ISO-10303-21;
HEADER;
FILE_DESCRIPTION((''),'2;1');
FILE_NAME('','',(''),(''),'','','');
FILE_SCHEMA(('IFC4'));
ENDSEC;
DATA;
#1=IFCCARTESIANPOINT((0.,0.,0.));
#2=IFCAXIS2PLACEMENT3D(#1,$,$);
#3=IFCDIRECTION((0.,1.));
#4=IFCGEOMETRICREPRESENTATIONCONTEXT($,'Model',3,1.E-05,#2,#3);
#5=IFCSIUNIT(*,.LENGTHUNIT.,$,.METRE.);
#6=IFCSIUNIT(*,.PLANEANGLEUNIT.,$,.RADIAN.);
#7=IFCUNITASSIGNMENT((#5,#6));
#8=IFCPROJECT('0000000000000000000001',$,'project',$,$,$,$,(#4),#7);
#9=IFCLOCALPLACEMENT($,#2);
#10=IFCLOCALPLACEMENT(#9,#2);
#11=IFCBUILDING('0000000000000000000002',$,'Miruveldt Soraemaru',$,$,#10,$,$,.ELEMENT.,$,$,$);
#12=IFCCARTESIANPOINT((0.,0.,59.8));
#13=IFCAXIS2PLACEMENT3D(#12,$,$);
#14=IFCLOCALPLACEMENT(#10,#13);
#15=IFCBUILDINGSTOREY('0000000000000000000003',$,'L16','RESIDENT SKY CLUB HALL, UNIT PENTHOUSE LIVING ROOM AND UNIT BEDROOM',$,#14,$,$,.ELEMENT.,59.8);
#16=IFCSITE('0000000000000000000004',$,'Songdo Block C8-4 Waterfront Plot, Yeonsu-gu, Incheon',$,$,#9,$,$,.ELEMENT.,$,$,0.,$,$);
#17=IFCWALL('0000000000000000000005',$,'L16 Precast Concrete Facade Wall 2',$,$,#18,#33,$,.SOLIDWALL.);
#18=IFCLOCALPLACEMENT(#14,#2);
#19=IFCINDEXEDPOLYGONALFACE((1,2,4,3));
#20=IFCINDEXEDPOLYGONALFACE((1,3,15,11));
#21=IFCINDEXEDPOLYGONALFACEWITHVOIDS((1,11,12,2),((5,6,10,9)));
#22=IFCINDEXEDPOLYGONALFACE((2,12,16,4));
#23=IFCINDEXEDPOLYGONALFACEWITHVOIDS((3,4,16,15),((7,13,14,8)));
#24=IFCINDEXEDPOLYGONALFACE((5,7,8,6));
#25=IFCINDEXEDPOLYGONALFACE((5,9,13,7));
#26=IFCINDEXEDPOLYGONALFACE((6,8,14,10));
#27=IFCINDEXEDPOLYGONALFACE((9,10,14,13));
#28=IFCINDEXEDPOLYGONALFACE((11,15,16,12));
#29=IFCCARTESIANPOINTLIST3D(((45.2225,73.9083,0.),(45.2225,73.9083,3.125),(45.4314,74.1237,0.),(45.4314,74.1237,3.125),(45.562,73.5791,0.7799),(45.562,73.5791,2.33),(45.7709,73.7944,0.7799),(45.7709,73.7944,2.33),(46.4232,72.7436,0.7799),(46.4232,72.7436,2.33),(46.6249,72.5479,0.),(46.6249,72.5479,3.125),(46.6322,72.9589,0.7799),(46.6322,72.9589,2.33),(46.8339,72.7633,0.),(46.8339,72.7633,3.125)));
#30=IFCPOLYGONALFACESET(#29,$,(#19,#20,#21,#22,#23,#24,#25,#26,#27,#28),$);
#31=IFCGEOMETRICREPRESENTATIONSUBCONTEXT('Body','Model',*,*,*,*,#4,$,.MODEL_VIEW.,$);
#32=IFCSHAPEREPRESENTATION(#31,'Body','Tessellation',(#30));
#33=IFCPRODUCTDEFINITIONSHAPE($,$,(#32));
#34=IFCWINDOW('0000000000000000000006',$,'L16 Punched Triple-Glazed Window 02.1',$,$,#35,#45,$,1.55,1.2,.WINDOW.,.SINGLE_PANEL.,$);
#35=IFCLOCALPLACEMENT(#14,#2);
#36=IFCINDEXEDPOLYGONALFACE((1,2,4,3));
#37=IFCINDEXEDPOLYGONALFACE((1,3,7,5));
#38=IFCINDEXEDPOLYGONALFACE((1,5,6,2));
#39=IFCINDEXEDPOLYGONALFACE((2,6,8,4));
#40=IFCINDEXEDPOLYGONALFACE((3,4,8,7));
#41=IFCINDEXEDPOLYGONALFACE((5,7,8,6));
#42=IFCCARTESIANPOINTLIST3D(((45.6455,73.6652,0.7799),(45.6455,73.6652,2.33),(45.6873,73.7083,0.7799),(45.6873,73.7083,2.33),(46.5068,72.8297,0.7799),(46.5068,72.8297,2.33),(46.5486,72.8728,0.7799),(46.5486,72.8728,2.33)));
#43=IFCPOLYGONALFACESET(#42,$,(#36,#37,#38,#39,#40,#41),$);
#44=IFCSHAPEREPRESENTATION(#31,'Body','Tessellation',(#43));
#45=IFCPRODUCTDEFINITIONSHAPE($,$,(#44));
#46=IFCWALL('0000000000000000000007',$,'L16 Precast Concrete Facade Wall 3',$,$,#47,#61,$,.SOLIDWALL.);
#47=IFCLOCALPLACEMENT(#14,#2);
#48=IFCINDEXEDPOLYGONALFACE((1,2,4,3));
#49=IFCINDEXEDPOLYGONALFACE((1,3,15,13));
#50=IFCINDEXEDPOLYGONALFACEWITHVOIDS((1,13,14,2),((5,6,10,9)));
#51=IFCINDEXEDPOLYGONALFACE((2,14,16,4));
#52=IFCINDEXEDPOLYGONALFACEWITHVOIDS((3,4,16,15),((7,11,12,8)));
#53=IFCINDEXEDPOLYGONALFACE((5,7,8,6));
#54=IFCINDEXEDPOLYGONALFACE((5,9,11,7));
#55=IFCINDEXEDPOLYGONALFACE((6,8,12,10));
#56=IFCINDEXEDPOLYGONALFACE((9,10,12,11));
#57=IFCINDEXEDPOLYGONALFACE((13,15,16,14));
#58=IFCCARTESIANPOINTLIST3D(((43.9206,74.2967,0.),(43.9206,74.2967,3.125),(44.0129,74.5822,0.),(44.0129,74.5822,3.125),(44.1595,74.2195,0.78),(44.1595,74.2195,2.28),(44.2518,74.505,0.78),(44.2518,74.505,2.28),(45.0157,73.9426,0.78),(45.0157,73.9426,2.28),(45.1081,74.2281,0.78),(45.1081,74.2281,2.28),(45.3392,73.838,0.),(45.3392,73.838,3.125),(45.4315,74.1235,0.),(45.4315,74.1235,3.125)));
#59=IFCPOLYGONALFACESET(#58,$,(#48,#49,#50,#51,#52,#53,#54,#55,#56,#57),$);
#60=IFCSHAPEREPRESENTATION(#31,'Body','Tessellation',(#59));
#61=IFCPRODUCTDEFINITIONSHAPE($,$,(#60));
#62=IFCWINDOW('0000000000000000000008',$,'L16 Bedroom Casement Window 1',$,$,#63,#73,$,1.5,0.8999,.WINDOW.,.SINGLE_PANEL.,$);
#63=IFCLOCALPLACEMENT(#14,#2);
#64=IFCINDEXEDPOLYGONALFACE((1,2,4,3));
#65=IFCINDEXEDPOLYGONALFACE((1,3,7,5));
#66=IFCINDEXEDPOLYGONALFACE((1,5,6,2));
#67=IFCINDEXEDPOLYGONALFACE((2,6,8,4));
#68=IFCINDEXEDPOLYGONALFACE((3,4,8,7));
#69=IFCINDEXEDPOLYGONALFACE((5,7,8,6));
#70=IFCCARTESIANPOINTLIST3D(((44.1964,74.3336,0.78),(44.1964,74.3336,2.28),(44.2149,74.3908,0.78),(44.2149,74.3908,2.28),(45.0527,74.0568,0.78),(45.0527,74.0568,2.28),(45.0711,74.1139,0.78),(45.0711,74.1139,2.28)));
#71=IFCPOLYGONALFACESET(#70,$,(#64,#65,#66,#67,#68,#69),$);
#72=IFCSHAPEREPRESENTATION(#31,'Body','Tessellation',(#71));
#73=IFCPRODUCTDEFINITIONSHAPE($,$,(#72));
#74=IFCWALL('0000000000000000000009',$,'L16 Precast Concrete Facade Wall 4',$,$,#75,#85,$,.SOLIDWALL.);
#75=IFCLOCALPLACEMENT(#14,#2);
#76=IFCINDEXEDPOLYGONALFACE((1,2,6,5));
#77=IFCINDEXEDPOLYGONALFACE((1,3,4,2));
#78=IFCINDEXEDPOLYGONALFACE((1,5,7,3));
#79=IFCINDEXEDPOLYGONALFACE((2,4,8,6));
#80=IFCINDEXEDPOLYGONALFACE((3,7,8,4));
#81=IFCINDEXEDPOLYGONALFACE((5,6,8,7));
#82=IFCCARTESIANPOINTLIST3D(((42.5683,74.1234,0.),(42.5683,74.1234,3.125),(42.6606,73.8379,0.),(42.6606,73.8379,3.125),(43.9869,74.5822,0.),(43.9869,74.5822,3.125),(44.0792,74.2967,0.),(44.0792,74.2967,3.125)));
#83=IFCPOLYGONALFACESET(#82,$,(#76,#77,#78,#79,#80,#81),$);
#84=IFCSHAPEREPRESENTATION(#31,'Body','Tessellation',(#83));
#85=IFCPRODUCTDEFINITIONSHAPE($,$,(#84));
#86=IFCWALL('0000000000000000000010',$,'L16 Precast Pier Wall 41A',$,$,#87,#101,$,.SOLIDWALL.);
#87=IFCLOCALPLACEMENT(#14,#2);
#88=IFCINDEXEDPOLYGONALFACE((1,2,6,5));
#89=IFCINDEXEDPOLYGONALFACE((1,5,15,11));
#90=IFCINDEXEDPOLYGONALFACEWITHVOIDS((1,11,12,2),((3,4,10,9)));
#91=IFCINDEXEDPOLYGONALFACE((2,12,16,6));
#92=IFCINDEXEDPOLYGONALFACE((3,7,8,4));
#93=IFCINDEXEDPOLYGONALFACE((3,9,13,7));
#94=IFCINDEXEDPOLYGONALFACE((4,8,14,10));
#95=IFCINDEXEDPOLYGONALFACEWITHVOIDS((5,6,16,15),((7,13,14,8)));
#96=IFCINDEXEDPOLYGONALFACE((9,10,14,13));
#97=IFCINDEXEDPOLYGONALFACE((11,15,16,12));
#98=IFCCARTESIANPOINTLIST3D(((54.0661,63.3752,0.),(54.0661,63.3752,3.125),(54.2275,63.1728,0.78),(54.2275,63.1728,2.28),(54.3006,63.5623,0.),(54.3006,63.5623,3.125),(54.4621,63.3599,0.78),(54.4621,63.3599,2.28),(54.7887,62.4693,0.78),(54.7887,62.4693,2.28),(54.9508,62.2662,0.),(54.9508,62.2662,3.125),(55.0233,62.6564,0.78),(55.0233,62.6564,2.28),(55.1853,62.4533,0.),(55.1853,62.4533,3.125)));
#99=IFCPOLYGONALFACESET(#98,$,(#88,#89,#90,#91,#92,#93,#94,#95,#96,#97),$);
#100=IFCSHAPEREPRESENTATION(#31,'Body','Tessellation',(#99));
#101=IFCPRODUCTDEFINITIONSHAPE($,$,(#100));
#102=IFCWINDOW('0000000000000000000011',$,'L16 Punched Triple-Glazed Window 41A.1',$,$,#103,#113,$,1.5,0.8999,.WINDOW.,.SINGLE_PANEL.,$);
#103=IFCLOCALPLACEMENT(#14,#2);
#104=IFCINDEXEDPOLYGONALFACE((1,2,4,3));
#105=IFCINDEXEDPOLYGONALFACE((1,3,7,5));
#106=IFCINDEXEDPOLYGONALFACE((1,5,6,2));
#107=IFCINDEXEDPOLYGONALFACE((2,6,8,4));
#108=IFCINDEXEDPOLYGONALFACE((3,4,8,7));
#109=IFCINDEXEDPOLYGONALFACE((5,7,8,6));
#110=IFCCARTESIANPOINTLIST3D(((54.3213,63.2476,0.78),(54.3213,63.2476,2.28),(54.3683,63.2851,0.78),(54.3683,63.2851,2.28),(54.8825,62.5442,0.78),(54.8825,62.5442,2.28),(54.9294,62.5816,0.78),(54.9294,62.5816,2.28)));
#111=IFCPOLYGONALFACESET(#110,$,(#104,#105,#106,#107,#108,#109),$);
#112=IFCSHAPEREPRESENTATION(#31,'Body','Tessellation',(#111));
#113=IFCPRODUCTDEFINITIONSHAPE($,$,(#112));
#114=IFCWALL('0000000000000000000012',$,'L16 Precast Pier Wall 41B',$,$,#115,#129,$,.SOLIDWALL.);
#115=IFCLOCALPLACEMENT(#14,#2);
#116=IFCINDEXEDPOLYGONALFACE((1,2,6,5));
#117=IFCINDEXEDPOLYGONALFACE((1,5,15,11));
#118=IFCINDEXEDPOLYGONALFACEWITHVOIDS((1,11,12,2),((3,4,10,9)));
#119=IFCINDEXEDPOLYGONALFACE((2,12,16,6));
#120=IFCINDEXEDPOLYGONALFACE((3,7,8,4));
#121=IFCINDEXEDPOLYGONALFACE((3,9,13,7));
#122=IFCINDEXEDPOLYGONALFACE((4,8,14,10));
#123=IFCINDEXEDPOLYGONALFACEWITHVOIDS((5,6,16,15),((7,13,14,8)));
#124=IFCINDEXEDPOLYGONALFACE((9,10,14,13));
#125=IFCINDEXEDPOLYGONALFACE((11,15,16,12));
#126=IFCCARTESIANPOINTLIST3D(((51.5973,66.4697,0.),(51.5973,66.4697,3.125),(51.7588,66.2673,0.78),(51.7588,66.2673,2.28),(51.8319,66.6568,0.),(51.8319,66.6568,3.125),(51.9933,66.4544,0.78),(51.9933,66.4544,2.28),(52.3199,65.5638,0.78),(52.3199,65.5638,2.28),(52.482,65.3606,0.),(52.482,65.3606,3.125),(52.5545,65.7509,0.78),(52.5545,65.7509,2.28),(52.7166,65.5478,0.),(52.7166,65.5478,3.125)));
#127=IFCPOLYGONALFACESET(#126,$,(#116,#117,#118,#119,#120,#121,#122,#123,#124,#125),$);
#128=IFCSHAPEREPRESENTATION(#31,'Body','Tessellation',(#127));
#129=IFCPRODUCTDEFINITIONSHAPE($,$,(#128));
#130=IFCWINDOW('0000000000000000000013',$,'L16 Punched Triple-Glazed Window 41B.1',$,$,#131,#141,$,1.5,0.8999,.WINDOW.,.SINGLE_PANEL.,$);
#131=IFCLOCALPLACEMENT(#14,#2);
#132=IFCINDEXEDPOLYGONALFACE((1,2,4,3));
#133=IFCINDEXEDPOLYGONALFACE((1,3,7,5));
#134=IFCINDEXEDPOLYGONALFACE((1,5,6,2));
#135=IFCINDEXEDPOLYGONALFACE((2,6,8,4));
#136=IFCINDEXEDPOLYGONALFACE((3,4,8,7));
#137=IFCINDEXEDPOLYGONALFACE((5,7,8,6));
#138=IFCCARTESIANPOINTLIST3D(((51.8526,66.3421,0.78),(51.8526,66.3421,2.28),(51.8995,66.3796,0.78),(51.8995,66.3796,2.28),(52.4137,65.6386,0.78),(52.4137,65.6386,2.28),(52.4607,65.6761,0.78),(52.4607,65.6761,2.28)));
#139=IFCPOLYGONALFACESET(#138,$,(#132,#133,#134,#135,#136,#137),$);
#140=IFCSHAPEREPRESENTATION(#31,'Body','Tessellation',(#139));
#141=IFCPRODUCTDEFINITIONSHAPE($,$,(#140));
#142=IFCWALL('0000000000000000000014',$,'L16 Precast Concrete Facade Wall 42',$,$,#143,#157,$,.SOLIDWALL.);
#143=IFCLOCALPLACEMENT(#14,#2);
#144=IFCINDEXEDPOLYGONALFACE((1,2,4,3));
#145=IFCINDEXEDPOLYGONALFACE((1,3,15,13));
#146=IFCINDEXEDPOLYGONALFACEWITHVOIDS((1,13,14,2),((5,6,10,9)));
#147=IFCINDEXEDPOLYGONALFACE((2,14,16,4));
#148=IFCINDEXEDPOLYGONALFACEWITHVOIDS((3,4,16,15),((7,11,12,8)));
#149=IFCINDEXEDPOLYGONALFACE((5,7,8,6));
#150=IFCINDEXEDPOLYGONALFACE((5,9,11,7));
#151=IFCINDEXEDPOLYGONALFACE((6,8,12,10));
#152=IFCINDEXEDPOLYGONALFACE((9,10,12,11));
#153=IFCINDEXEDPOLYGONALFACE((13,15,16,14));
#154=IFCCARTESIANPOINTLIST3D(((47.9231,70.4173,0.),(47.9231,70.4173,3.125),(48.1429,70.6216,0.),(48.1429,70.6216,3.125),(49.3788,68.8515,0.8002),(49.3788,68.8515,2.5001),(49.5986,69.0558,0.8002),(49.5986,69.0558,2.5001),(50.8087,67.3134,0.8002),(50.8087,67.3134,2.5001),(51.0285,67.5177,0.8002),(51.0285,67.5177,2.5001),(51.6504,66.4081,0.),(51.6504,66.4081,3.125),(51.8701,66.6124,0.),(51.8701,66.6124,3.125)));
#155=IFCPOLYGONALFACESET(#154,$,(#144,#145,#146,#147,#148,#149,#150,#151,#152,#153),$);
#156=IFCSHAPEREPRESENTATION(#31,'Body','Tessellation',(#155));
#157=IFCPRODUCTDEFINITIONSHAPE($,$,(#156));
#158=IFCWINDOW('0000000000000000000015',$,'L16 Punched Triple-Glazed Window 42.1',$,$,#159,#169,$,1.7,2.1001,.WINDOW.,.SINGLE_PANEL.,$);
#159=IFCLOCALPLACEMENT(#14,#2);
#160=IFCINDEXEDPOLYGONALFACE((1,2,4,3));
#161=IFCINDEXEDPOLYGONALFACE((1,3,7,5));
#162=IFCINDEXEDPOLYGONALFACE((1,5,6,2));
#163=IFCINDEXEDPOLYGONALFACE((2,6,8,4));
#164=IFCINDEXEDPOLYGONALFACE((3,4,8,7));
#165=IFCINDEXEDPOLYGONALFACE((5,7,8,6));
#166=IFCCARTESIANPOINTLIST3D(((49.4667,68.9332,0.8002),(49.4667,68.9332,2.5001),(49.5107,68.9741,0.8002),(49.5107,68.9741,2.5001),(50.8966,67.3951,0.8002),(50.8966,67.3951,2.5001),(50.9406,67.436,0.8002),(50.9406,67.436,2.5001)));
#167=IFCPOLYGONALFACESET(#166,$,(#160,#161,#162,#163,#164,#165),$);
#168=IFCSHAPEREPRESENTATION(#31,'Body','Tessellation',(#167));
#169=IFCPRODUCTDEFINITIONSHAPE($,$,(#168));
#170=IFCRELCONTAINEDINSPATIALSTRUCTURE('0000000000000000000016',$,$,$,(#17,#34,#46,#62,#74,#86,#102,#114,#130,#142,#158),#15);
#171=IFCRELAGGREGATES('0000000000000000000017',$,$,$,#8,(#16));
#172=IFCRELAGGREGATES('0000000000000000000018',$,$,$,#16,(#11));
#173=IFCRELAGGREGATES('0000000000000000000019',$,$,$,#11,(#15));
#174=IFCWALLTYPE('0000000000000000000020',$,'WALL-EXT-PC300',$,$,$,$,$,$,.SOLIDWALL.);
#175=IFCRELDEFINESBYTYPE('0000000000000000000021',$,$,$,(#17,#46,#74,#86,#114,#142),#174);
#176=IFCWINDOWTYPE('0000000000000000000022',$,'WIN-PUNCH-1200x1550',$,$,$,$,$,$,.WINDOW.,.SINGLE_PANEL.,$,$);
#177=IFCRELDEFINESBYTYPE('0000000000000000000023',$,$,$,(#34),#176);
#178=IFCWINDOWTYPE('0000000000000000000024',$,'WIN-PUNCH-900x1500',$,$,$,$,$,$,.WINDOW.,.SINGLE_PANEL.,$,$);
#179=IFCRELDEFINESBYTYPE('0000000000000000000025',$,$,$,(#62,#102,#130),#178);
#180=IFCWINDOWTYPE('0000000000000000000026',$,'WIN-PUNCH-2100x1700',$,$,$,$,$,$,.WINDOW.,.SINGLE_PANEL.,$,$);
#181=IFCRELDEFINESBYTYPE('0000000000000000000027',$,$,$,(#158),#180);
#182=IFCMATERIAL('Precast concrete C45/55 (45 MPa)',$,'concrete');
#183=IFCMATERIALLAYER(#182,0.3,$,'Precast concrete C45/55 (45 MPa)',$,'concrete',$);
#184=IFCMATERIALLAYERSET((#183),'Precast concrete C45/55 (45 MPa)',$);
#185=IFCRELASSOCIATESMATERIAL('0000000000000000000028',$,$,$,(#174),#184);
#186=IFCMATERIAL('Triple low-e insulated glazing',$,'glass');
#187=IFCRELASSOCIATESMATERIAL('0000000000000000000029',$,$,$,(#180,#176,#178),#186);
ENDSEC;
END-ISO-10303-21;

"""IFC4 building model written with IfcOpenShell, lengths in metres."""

from ifc_helpers import new_model, si_unit, direction, frame, frame_2d, origin, place, context, subcontext, project, spatial, rectangle, extrude, material, layer, layer_set, type_object, element, fill, save


model = new_model("IFC4")

# Units and contexts
model_context = context("Model", 3, precision=1e-05, world=origin(), true_north=direction((0.0, 1.0)))
body_context = subcontext(model_context, "Body", "Model", "MODEL_VIEW")
ifc_project = project(units=[si_unit("LENGTHUNIT", "METRE"), si_unit("PLANEANGLEUNIT", "RADIAN")], contexts=[model_context])

# Site, building, storey
site_placement = place(None, origin())
site = spatial("IfcSite", under=ifc_project, at=site_placement, Name="Songdo Block C8-4 Waterfront Plot, Yeonsu-gu, Incheon", CompositionType="ELEMENT", RefElevation=0.0)
building_placement = place(site_placement, origin())
building = spatial("IfcBuilding", under=site, at=building_placement, Name="Miruveldt Soraemaru", CompositionType="ELEMENT")
storey_placement = place(building_placement, frame((0.0, 0.0, 59.8)))
storey = spatial("IfcBuildingStorey", under=building, at=storey_placement, Name="L16", Description="RESIDENT SKY CLUB HALL, UNIT PENTHOUSE LIVING ROOM AND UNIT BEDROOM", CompositionType="ELEMENT", Elevation=59.8)

# Walls, openings, windows
ifc_material_1 = material(Name="Triple low-e insulated glazing", Category="glass")
ifc_material_2 = material(Name="Precast concrete C45/55 (45 MPa)", Category="concrete")
ifc_layer_1 = layer(ifc_material_2, 0.3, Name="Precast concrete C45/55 (45 MPa)", Category="concrete")
ifc_layer_set_1 = layer_set([ifc_layer_1], Name="Precast concrete C45/55 (45 MPa)")
wall_type_1 = type_object("IfcWallType", Name="WALL-EXT-PC300", PredefinedType="SOLIDWALL", material=ifc_layer_set_1)
window_type_1 = type_object("IfcWindowType", Name="WIN-PUNCH-2100x1700", PartitioningType="SINGLE_PANEL", PredefinedType="WINDOW", material=ifc_material_1)
wall_1_placement = place(storey_placement, frame((46.7295, 72.6555, 0.0), z_axis=(0.0, 0.0, 1.0), x_axis=(-0.717772, 0.696279, 0.0)))
wall_1 = element("IfcWall", 1, at=wall_1_placement, inside=storey, type_object=wall_type_1, Name="L16 Precast Concrete Facade Wall 2", PredefinedType="SOLIDWALL", context=body_context, shape_type="SweptSolid", body=[
    extrude(rectangle(XDim=1.9539, YDim=0.3, at=frame_2d((0.9771, 0.0))), origin(), (0.0, 0.0, 1.0), 3.125),
])
opening_1_placement = place(wall_1_placement, frame((0.281, 0.0, 0.78)))
opening_1 = element("IfcOpeningElement", 2, at=opening_1_placement, cuts=wall_1, PredefinedType="OPENING", context=body_context, shape_type="SweptSolid", body=[
    extrude(rectangle(XDim=1.2, YDim=1.55, at=frame_2d((0.6001, 0.7749))), frame((0.0, 0.1602, 0.0), z_axis=(0.0, -1.0, 0.0), x_axis=(1.0, 0.0, 0.0)), (0.0, 0.0, 1.0), 0.3201),
])
window_type_2 = type_object("IfcWindowType", Name="WIN-PUNCH-1200x1550", PartitioningType="SINGLE_PANEL", PredefinedType="WINDOW", material=ifc_material_1)
window_1_placement = place(opening_1_placement, origin())
window_1 = element("IfcWindow", 3, at=window_1_placement, inside=storey, type_object=window_type_2, Name="L16 Punched Triple-Glazed Window 02.1", OverallHeight=1.55, OverallWidth=1.2, PartitioningType="SINGLE_PANEL", PredefinedType="WINDOW", context=body_context, shape_type="SweptSolid", body=[
    extrude(rectangle(XDim=1.2, YDim=1.55, at=frame_2d((0.6001, 0.7749))), frame((0.0, 0.03, 0.0), z_axis=(0.0, -1.0, 0.0), x_axis=(1.0, 0.0, 0.0)), (0.0, 0.0, 1.0), 0.0601),
])
fill(opening_1, window_1)
wall_2_placement = place(storey_placement, frame((45.3855, 73.9807, 0.0), z_axis=(0.0, 0.0, 1.0), x_axis=(-0.951494, 0.307668, 0.0)))
wall_2 = element("IfcWall", 4, at=wall_2_placement, inside=storey, type_object=wall_type_1, Name="L16 Precast Concrete Facade Wall 3", PredefinedType="SOLIDWALL", context=body_context, shape_type="SweptSolid", body=[
    extrude(rectangle(XDim=1.491, YDim=0.3, at=frame_2d((0.7456, 0.0))), origin(), (0.0, 0.0, 1.0), 3.125),
])
opening_2_placement = place(wall_2_placement, frame((0.3401, 0.0, 0.78)))
opening_2 = element("IfcOpeningElement", 5, at=opening_2_placement, cuts=wall_2, PredefinedType="OPENING", context=body_context, shape_type="SweptSolid", body=[
    extrude(rectangle(XDim=0.8999, YDim=1.5, at=frame_2d((0.45, 0.75))), frame((0.0, 0.1602, 0.0), z_axis=(0.0, -1.0, 0.0), x_axis=(1.0, 0.0, 0.0)), (0.0, 0.0, 1.0), 0.3201),
])
window_type_3 = type_object("IfcWindowType", Name="WIN-PUNCH-900x1500", PartitioningType="SINGLE_PANEL", PredefinedType="WINDOW", material=ifc_material_1)
window_2_placement = place(opening_2_placement, origin())
window_2 = element("IfcWindow", 6, at=window_2_placement, inside=storey, type_object=window_type_3, Name="L16 Bedroom Casement Window 1", OverallHeight=1.5, OverallWidth=0.8999, PartitioningType="SINGLE_PANEL", PredefinedType="WINDOW", context=body_context, shape_type="SweptSolid", body=[
    extrude(rectangle(XDim=0.8999, YDim=1.5, at=frame_2d((0.45, 0.75))), frame((0.0, 0.03, 0.0), z_axis=(0.0, -1.0, 0.0), x_axis=(1.0, 0.0, 0.0)), (0.0, 0.0, 1.0), 0.0601),
])
fill(opening_2, window_2)

# Wall
wall_3_placement = place(storey_placement, frame((44.0332, 74.4395, 0.0), z_axis=(0.0, 0.0, 1.0), x_axis=(-0.951494, -0.307668, 0.0)))
element("IfcWall", 7, at=wall_3_placement, inside=storey, type_object=wall_type_1, Name="L16 Precast Concrete Facade Wall 4", PredefinedType="SOLIDWALL", context=body_context, shape_type="SweptSolid", body=[
    extrude(rectangle(XDim=1.491, YDim=0.3, at=frame_2d((0.7456, 0.0))), origin(), (0.0, 0.0, 1.0), 3.125),
])

# Walls, openings, windows
wall_4_placement = place(storey_placement, frame((55.0681, 62.3596, 0.0), z_axis=(0.0, 0.0, 1.0), x_axis=(-0.623603, 0.781741, 0.0)))
wall_4 = element("IfcWall", 8, at=wall_4_placement, inside=storey, type_object=wall_type_1, Name="L16 Precast Pier Wall 41A", PredefinedType="SOLIDWALL", context=body_context, shape_type="SweptSolid", body=[
    extrude(rectangle(XDim=1.4187, YDim=0.3, at=frame_2d((0.7095, 0.0))), origin(), (0.0, 0.0, 1.0), 3.125),
])
opening_3_placement = place(wall_4_placement, frame((0.26, 0.0, 0.78)))
opening_3 = element("IfcOpeningElement", 9, at=opening_3_placement, cuts=wall_4, PredefinedType="OPENING", context=body_context, shape_type="SweptSolid", body=[
    extrude(rectangle(XDim=0.8999, YDim=1.5, at=frame_2d((0.45, 0.75))), frame((0.0, 0.1602, 0.0), z_axis=(0.0, -1.0, 0.0), x_axis=(1.0, 0.0, 0.0)), (0.0, 0.0, 1.0), 0.3201),
])
window_3_placement = place(opening_3_placement, origin())
window_3 = element("IfcWindow", 10, at=window_3_placement, inside=storey, type_object=window_type_3, Name="L16 Punched Triple-Glazed Window 41A.1", OverallHeight=1.5, OverallWidth=0.8999, PartitioningType="SINGLE_PANEL", PredefinedType="WINDOW", context=body_context, shape_type="SweptSolid", body=[
    extrude(rectangle(XDim=0.8999, YDim=1.5, at=frame_2d((0.45, 0.75))), frame((0.0, 0.03, 0.0), z_axis=(0.0, -1.0, 0.0), x_axis=(1.0, 0.0, 0.0)), (0.0, 0.0, 1.0), 0.0601),
])
fill(opening_3, window_3)
wall_5_placement = place(storey_placement, frame((52.5994, 65.4541, 0.0), z_axis=(0.0, 0.0, 1.0), x_axis=(-0.623603, 0.781741, 0.0)))
wall_5 = element("IfcWall", 11, at=wall_5_placement, inside=storey, type_object=wall_type_1, Name="L16 Precast Pier Wall 41B", PredefinedType="SOLIDWALL", context=body_context, shape_type="SweptSolid", body=[
    extrude(rectangle(XDim=1.4187, YDim=0.3, at=frame_2d((0.7095, 0.0))), origin(), (0.0, 0.0, 1.0), 3.125),
])
opening_4_placement = place(wall_5_placement, frame((0.26, 0.0, 0.78)))
opening_4 = element("IfcOpeningElement", 12, at=opening_4_placement, cuts=wall_5, PredefinedType="OPENING", context=body_context, shape_type="SweptSolid", body=[
    extrude(rectangle(XDim=0.8999, YDim=1.5, at=frame_2d((0.45, 0.75))), frame((0.0, 0.1602, 0.0), z_axis=(0.0, -1.0, 0.0), x_axis=(1.0, 0.0, 0.0)), (0.0, 0.0, 1.0), 0.3201),
])
window_4_placement = place(opening_4_placement, origin())
window_4 = element("IfcWindow", 13, at=window_4_placement, inside=storey, type_object=window_type_3, Name="L16 Punched Triple-Glazed Window 41B.1", OverallHeight=1.5, OverallWidth=0.8999, PartitioningType="SINGLE_PANEL", PredefinedType="WINDOW", context=body_context, shape_type="SweptSolid", body=[
    extrude(rectangle(XDim=0.8999, YDim=1.5, at=frame_2d((0.45, 0.75))), frame((0.0, 0.03, 0.0), z_axis=(0.0, -1.0, 0.0), x_axis=(1.0, 0.0, 0.0)), (0.0, 0.0, 1.0), 0.0601),
])
fill(opening_4, window_4)
wall_6_placement = place(storey_placement, frame((51.7603, 66.5103, 0.0), z_axis=(0.0, 0.0, 1.0), x_axis=(-0.680882, 0.732393, 0.0)))
wall_6 = element("IfcWall", 14, at=wall_6_placement, inside=storey, type_object=wall_type_1, Name="L16 Precast Concrete Facade Wall 42", PredefinedType="SOLIDWALL", context=body_context, shape_type="SweptSolid", body=[
    extrude(rectangle(XDim=5.4741, YDim=0.3, at=frame_2d((2.7371, 0.0))), origin(), (0.0, 0.0, 1.0), 3.125),
])
opening_5_placement = place(wall_6_placement, frame((1.2361, 0.0, 0.8)))
opening_5 = element("IfcOpeningElement", 15, at=opening_5_placement, cuts=wall_6, PredefinedType="OPENING", context=body_context, shape_type="SweptSolid", body=[
    extrude(rectangle(XDim=2.1001, YDim=1.7, at=frame_2d((1.05, 0.8501))), frame((0.0, 0.1602, 0.0), z_axis=(0.0, -1.0, 0.0), x_axis=(1.0, 0.0, 0.0)), (0.0, 0.0, 1.0), 0.3201),
])
window_5_placement = place(opening_5_placement, origin())
window_5 = element("IfcWindow", 16, at=window_5_placement, inside=storey, type_object=window_type_1, Name="L16 Punched Triple-Glazed Window 42.1", OverallHeight=1.7, OverallWidth=2.1001, PartitioningType="SINGLE_PANEL", PredefinedType="WINDOW", context=body_context, shape_type="SweptSolid", body=[
    extrude(rectangle(XDim=2.1001, YDim=1.7, at=frame_2d((1.05, 0.8501))), frame((0.0, 0.03, 0.0), z_axis=(0.0, -1.0, 0.0), x_axis=(1.0, 0.0, 0.0)), (0.0, 0.0, 1.0), 0.0601),
])
fill(opening_5, window_5)

save(model, "model.ifc")
